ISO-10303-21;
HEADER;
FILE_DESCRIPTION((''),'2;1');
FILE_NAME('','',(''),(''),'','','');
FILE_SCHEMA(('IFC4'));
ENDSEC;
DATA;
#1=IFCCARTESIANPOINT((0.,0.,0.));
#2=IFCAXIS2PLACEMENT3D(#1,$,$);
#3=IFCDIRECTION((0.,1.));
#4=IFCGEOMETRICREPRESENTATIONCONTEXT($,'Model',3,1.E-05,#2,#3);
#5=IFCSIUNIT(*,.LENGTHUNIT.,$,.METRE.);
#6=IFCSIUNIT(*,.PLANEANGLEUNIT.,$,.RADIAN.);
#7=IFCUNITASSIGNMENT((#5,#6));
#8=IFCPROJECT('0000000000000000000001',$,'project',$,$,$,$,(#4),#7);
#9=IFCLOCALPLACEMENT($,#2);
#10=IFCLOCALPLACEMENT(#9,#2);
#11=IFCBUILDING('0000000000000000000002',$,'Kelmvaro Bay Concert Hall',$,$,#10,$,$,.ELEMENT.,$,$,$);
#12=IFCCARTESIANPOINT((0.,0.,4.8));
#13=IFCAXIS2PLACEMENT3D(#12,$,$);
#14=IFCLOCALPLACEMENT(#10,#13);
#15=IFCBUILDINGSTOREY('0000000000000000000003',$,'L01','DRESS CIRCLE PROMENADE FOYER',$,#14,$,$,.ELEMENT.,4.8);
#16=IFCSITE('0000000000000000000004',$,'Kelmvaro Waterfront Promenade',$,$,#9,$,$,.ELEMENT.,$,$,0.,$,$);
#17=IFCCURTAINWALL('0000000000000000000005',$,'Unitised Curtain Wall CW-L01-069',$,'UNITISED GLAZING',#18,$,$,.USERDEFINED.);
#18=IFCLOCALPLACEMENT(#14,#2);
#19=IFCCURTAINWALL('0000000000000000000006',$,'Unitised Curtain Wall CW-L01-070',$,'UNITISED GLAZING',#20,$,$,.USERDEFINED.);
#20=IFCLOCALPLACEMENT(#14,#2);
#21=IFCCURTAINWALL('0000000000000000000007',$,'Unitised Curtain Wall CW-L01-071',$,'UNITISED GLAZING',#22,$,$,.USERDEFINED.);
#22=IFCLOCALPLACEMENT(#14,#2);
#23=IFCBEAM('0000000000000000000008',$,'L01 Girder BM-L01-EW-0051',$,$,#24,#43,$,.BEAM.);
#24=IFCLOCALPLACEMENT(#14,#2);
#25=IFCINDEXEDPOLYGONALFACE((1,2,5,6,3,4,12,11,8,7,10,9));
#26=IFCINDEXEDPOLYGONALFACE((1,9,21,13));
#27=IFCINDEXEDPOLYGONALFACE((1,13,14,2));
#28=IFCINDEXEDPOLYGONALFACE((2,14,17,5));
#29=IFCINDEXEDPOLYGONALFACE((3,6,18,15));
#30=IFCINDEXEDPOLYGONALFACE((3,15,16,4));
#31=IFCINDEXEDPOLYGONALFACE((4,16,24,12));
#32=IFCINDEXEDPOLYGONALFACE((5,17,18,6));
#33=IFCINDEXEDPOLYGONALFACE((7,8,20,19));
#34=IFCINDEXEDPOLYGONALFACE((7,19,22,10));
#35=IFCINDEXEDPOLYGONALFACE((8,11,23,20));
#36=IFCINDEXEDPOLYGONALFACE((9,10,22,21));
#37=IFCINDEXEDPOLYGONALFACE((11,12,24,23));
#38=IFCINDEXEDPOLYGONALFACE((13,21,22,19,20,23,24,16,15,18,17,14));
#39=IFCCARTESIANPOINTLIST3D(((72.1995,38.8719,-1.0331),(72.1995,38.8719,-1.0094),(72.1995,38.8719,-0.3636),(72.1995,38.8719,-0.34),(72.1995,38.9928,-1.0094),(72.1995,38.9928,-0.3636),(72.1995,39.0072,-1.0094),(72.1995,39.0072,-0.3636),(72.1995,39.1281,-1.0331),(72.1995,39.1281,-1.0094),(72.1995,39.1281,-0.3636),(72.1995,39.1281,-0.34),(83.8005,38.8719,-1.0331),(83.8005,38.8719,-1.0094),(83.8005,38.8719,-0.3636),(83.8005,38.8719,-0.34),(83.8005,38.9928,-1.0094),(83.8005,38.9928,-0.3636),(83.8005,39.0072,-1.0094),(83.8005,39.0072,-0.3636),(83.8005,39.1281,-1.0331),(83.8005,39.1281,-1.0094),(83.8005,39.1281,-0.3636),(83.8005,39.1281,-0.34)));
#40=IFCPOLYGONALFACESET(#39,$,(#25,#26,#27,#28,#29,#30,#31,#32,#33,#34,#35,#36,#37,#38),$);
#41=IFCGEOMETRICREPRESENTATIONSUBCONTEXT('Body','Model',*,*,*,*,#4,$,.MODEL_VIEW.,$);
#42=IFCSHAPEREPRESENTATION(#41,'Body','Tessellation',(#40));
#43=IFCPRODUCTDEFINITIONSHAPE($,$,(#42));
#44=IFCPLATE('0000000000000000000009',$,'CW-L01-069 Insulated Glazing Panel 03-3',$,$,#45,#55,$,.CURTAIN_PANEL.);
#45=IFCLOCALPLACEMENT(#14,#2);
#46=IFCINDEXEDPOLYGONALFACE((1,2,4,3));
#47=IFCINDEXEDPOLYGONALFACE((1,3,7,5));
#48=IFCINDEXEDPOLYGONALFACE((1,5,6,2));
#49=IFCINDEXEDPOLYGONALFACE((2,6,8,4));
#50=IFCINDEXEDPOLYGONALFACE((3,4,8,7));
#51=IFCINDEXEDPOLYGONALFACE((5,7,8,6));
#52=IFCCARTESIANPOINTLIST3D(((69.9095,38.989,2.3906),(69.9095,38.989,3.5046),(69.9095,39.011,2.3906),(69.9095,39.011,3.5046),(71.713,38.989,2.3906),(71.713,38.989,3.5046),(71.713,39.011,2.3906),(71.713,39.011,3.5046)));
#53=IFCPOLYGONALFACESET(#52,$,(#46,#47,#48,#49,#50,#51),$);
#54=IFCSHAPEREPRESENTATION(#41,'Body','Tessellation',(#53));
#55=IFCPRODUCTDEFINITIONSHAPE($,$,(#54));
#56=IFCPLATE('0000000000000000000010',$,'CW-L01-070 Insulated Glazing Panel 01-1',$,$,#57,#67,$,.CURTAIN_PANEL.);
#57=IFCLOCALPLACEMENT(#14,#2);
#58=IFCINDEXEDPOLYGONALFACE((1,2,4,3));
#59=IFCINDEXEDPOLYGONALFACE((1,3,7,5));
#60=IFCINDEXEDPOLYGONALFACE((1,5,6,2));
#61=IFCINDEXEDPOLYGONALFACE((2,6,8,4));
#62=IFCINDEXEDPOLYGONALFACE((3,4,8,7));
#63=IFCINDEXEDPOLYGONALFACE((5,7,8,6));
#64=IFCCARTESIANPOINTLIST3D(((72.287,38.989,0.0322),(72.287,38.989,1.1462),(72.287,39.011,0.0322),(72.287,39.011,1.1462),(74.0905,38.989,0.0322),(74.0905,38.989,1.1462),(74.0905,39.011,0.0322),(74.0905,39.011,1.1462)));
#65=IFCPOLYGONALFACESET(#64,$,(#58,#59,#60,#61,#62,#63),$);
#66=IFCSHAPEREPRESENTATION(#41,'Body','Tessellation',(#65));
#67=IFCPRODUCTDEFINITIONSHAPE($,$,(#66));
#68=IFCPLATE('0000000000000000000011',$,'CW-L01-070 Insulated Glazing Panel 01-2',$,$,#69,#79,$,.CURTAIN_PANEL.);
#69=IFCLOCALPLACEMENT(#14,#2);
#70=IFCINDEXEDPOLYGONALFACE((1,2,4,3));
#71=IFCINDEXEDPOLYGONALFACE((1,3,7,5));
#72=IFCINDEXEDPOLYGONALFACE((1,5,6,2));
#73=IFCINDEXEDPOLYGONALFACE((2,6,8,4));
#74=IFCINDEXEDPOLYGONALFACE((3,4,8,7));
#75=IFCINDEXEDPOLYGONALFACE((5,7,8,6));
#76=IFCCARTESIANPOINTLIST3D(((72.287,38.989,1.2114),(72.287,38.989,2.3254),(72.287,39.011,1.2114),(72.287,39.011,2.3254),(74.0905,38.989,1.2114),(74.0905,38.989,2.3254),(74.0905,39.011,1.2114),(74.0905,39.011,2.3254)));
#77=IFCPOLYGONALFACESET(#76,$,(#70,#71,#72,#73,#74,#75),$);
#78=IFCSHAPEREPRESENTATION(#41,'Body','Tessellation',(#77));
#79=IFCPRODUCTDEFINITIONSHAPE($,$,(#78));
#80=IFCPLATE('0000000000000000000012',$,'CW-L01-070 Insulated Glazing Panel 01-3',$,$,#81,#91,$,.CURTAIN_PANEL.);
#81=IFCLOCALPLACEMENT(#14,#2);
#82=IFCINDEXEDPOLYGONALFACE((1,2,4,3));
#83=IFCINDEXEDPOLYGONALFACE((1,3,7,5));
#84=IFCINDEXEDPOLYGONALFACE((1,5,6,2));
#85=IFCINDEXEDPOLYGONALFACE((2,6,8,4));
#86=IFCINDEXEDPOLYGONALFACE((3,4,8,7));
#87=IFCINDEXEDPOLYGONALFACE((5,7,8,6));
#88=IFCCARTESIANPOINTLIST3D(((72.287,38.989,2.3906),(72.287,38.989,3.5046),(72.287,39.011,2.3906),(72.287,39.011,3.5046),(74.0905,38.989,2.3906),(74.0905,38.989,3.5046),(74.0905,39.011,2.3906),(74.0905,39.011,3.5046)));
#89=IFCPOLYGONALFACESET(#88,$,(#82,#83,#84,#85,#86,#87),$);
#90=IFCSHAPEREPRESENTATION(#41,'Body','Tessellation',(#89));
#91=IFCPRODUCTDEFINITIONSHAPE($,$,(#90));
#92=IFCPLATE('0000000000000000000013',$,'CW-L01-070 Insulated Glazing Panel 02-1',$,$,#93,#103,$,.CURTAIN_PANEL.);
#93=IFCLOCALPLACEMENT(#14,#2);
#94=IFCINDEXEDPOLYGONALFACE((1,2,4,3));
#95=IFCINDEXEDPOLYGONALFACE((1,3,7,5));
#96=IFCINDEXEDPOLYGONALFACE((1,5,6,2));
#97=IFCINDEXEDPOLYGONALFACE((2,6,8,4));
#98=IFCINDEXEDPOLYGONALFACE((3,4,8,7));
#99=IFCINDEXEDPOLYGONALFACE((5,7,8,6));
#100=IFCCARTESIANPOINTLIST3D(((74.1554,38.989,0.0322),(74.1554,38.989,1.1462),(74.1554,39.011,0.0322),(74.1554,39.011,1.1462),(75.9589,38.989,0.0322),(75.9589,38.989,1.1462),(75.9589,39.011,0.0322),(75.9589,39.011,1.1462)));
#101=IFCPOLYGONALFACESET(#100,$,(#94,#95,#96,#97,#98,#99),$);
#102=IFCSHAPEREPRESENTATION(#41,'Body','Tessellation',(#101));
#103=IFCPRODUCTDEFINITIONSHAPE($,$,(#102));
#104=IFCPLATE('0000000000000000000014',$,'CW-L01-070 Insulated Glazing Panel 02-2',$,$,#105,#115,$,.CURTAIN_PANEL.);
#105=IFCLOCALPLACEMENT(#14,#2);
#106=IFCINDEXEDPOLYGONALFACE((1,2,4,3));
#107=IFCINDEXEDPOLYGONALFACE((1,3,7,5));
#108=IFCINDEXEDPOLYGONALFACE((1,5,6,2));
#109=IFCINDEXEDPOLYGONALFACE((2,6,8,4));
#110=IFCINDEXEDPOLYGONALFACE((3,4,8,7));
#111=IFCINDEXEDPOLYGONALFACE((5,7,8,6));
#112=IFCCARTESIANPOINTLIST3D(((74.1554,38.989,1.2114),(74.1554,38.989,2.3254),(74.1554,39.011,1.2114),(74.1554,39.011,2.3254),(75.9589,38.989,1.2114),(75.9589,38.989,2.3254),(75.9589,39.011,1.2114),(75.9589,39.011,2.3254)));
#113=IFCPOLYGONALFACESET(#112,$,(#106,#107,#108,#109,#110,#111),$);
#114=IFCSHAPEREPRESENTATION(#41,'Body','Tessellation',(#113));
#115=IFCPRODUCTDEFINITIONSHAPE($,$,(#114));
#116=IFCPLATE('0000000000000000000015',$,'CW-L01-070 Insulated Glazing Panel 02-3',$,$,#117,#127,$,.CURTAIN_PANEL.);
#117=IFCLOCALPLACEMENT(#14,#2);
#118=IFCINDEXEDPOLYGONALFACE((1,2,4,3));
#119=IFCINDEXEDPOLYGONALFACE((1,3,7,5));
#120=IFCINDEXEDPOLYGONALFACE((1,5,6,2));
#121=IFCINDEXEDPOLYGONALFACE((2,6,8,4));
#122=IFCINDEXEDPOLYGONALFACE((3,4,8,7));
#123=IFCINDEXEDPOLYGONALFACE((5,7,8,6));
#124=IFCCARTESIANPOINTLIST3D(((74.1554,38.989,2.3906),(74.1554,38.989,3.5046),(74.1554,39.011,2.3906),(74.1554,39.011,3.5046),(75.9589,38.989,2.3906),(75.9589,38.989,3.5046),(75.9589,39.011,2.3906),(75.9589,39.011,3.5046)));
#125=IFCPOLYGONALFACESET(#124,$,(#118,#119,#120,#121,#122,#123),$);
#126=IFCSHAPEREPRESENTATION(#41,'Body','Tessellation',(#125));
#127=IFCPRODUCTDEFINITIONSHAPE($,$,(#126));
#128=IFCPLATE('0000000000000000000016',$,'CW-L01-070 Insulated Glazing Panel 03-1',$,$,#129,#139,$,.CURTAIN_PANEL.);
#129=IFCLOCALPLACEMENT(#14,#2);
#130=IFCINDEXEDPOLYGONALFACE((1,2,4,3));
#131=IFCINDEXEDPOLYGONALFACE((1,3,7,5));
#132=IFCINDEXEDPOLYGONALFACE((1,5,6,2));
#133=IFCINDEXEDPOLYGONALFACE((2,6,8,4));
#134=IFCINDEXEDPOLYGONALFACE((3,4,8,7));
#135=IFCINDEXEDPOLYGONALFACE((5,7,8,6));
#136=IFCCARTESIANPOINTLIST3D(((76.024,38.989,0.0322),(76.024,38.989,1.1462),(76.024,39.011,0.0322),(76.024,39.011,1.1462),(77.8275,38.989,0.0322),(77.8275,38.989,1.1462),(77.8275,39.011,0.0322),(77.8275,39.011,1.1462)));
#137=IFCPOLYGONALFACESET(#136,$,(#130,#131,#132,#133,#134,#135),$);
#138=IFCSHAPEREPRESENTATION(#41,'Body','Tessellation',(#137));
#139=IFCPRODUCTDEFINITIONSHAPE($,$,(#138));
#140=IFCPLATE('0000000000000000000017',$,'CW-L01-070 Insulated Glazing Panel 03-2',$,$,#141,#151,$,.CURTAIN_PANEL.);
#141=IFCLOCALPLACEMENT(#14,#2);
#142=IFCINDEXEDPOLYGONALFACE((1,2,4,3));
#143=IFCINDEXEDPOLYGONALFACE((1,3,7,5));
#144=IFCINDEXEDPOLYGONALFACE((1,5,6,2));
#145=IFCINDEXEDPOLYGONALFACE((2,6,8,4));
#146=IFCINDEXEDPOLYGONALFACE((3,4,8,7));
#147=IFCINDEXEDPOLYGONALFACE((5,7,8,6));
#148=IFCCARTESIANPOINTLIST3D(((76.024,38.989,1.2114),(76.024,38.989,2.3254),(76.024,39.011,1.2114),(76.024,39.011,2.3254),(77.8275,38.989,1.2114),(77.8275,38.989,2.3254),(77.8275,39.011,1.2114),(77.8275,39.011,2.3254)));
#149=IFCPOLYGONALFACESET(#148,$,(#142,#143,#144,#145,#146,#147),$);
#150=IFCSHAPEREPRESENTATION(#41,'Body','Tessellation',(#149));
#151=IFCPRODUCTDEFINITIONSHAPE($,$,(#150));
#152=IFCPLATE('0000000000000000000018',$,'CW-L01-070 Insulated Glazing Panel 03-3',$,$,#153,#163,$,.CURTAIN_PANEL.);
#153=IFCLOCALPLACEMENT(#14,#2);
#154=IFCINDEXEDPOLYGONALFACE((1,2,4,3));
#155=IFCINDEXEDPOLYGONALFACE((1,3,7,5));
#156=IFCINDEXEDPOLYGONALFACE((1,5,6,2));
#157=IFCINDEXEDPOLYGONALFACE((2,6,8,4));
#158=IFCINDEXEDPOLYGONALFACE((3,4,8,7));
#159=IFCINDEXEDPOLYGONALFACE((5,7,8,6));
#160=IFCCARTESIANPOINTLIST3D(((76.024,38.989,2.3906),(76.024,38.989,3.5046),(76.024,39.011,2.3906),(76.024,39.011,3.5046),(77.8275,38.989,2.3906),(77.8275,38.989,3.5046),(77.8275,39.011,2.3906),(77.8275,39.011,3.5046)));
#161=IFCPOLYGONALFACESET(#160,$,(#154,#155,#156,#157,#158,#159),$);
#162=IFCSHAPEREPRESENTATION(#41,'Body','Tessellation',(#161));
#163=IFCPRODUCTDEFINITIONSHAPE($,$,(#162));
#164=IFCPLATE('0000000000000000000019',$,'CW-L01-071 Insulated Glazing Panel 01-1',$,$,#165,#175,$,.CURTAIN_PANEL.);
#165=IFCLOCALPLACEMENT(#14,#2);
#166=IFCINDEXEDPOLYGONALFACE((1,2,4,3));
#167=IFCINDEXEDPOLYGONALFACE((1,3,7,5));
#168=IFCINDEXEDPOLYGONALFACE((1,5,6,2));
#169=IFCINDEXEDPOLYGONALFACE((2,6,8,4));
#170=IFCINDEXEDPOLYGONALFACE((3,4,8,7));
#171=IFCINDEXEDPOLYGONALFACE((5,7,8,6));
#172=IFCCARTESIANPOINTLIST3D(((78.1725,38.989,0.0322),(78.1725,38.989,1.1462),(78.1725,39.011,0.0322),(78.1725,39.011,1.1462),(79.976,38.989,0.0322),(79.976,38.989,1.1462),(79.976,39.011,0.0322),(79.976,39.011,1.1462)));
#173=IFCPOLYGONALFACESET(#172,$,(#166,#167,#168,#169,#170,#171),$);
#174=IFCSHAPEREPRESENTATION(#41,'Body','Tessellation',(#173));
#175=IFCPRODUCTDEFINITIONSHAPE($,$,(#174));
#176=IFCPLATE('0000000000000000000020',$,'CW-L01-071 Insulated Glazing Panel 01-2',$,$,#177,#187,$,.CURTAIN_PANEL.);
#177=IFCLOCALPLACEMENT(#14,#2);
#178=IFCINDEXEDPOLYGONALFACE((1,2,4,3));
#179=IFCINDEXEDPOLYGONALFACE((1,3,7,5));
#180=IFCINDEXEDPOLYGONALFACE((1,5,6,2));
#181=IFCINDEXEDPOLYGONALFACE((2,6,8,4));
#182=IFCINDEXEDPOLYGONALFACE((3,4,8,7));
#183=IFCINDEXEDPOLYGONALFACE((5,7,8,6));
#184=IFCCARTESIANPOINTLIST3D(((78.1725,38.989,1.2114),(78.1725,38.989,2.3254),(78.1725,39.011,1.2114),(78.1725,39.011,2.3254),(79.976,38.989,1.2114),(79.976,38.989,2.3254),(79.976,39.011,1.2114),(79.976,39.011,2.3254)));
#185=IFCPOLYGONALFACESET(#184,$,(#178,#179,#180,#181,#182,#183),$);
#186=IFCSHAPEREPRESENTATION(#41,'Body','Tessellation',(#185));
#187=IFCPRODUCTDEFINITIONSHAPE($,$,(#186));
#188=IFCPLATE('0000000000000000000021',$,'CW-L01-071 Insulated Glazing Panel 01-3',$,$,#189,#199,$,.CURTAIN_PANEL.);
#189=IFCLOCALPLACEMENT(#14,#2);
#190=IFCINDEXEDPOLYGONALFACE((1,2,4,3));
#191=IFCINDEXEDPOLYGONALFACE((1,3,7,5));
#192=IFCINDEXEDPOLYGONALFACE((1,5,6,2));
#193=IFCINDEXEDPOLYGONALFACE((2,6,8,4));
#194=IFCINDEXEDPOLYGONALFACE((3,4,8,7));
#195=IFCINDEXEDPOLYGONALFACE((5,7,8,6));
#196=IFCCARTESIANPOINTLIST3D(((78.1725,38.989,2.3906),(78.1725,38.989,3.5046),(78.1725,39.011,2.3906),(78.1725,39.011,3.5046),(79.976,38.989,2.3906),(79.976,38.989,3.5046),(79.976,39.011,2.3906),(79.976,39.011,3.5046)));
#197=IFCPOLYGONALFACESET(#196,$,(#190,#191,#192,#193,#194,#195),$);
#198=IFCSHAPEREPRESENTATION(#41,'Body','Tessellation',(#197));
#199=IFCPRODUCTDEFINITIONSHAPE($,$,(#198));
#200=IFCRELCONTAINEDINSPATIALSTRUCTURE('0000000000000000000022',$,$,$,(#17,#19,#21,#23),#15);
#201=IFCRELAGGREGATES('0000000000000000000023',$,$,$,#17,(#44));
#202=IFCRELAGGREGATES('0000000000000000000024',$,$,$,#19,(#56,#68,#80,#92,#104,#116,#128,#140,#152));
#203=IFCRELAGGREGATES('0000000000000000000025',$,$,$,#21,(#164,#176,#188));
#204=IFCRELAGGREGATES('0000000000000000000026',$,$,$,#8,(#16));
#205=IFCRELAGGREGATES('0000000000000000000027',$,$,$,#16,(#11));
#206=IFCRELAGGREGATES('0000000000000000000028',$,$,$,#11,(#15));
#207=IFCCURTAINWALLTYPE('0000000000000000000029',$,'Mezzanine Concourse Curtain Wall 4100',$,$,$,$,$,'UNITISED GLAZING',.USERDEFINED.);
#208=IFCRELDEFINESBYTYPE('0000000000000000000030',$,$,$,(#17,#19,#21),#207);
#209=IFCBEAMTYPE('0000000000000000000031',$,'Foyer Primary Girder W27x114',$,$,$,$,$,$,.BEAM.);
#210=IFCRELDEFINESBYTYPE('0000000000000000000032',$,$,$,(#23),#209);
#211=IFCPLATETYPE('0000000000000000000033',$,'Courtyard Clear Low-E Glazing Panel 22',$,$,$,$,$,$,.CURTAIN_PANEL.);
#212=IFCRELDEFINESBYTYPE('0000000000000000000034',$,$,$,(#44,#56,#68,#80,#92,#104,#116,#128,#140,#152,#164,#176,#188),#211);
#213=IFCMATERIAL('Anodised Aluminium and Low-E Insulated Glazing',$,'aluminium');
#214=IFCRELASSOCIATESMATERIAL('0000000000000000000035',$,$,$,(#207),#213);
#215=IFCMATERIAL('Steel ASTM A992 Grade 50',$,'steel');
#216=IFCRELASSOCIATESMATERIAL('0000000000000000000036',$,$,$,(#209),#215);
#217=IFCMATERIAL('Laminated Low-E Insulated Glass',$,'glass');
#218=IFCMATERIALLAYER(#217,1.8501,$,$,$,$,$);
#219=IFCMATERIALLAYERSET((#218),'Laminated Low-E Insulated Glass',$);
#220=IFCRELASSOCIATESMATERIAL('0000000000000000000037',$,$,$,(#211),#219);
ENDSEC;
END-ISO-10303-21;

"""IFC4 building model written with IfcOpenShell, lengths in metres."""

from ifc_helpers import new_model, si_unit, direction, frame, origin, origin_2d, place, context, subcontext, project, spatial, rectangle, i_section, extrude, material, layer, layer_set, material_profile, profile_set, type_object, element, aggregate, save


model = new_model("IFC4")

# Units and contexts
model_context = context("Model", 3, precision=1e-05, world=origin(), true_north=direction((0.0, 1.0)))
body_context = subcontext(model_context, "Body", "Model", "MODEL_VIEW")
ifc_project = project(units=[si_unit("LENGTHUNIT", "METRE"), si_unit("PLANEANGLEUNIT", "RADIAN")], contexts=[model_context])

# Site, building, storey
site_placement = place(None, origin())
site = spatial("IfcSite", under=ifc_project, at=site_placement, Name="Kelmvaro Waterfront Promenade", CompositionType="ELEMENT", RefElevation=0.0)
building_placement = place(site_placement, origin())
building = spatial("IfcBuilding", under=site, at=building_placement, Name="Kelmvaro Bay Concert Hall", CompositionType="ELEMENT")
storey_placement = place(building_placement, frame((0.0, 0.0, 4.8)))
storey = spatial("IfcBuildingStorey", under=building, at=storey_placement, Name="L01", Description="DRESS CIRCLE PROMENADE FOYER", CompositionType="ELEMENT", Elevation=4.8)

# Curtain wall
ifc_material_1 = material(Name="Anodised Aluminium and Low-E Insulated Glazing", Category="aluminium")
curtain_wall_type = type_object("IfcCurtainWallType", Name="Mezzanine Concourse Curtain Wall 4100", ElementType="UNITISED GLAZING", PredefinedType="USERDEFINED", material=ifc_material_1)
curtain_wall_1_placement = place(storey_placement, origin())
curtain_wall_1 = element("IfcCurtainWall", 1, at=curtain_wall_1_placement, inside=storey, type_object=curtain_wall_type, Name="Unitised Curtain Wall CW-L01-069", ObjectType="UNITISED GLAZING", PredefinedType="USERDEFINED")

# Curtain walls
curtain_wall_2_placement = place(storey_placement, origin())
curtain_wall_2 = element("IfcCurtainWall", 2, at=curtain_wall_2_placement, inside=storey, type_object=curtain_wall_type, Name="Unitised Curtain Wall CW-L01-070", ObjectType="UNITISED GLAZING", PredefinedType="USERDEFINED")
curtain_wall_3_placement = place(storey_placement, origin())
curtain_wall_3 = element("IfcCurtainWall", 3, at=curtain_wall_3_placement, inside=storey, type_object=curtain_wall_type, Name="Unitised Curtain Wall CW-L01-071", ObjectType="UNITISED GLAZING", PredefinedType="USERDEFINED")

# Beam
ifc_material_2 = material(Name="Steel ASTM A992 Grade 50", Category="steel")
ifc_material_profile_1 = material_profile(ifc_material_2, i_section(OverallWidth=0.2561, OverallDepth=0.6931, WebThickness=0.0144, FlangeThickness=0.0237, at=origin_2d()), Name="W27X114")
ifc_profile_set_1 = profile_set([ifc_material_profile_1], Name="Steel ASTM A992 Grade 50")
beam_type_1 = type_object("IfcBeamType", Name="Foyer Primary Girder W27x114", PredefinedType="BEAM", material=ifc_profile_set_1)
beam_1_placement = place(storey_placement, frame((72.1995, 39.0, -0.6865), z_axis=(1.0, 0.0, 0.0), x_axis=(0.0, 1.0, 0.0)))
element("IfcBeam", 4, at=beam_1_placement, inside=storey, type_object=beam_type_1, Name="L01 Girder BM-L01-EW-0051", PredefinedType="BEAM", context=body_context, shape_type="SweptSolid", body=[
    extrude(i_section(OverallWidth=0.2561, OverallDepth=0.6931, WebThickness=0.0144, FlangeThickness=0.0237, at=origin_2d()), origin(), (0.0, 0.0, 1.0), 11.6011),
])

# Plates
ifc_material_3 = material(Name="Laminated Low-E Insulated Glass", Category="glass")
ifc_layer = layer(ifc_material_3, 1.8501)
ifc_layer_set = layer_set([ifc_layer], Name="Laminated Low-E Insulated Glass")
plate_type = type_object("IfcPlateType", Name="Courtyard Clear Low-E Glazing Panel 22", PredefinedType="CURTAIN_PANEL", material=ifc_layer_set)
plate_1_placement = place(storey_placement, frame((70.8113, 39.0, 2.3906), z_axis=(0.0, 0.0, 1.0), x_axis=(1.0, 0.0, 0.0)))
plate_1 = element("IfcPlate", 5, at=plate_1_placement, type_object=plate_type, Name="CW-L01-069 Insulated Glazing Panel 03-3", PredefinedType="CURTAIN_PANEL", context=body_context, shape_type="SweptSolid", body=[
    extrude(rectangle(XDim=1.8035, YDim=0.022, at=origin_2d()), origin(), (0.0, 0.0, 1.0), 1.114),
])
aggregate(curtain_wall_1, [plate_1])
plate_2_placement = place(storey_placement, frame((73.1887, 39.0, 0.0322), z_axis=(0.0, 0.0, 1.0), x_axis=(1.0, 0.0, 0.0)))
plate_2 = element("IfcPlate", 6, at=plate_2_placement, type_object=plate_type, Name="CW-L01-070 Insulated Glazing Panel 01-1", PredefinedType="CURTAIN_PANEL", context=body_context, shape_type="SweptSolid", body=[
    extrude(rectangle(XDim=1.8035, YDim=0.022, at=origin_2d()), origin(), (0.0, 0.0, 1.0), 1.114),
])
plate_3_placement = place(storey_placement, frame((73.1887, 39.0, 1.2114), z_axis=(0.0, 0.0, 1.0), x_axis=(1.0, 0.0, 0.0)))
plate_3 = element("IfcPlate", 7, at=plate_3_placement, type_object=plate_type, Name="CW-L01-070 Insulated Glazing Panel 01-2", PredefinedType="CURTAIN_PANEL", context=body_context, shape_type="SweptSolid", body=[
    extrude(rectangle(XDim=1.8035, YDim=0.022, at=origin_2d()), origin(), (0.0, 0.0, 1.0), 1.114),
])
plate_4_placement = place(storey_placement, frame((73.1887, 39.0, 2.3906), z_axis=(0.0, 0.0, 1.0), x_axis=(1.0, 0.0, 0.0)))
plate_4 = element("IfcPlate", 8, at=plate_4_placement, type_object=plate_type, Name="CW-L01-070 Insulated Glazing Panel 01-3", PredefinedType="CURTAIN_PANEL", context=body_context, shape_type="SweptSolid", body=[
    extrude(rectangle(XDim=1.8035, YDim=0.022, at=origin_2d()), origin(), (0.0, 0.0, 1.0), 1.114),
])
plate_5_placement = place(storey_placement, frame((75.0571, 39.0, 0.0322), z_axis=(0.0, 0.0, 1.0), x_axis=(1.0, 0.0, 0.0)))
plate_5 = element("IfcPlate", 9, at=plate_5_placement, type_object=plate_type, Name="CW-L01-070 Insulated Glazing Panel 02-1", PredefinedType="CURTAIN_PANEL", context=body_context, shape_type="SweptSolid", body=[
    extrude(rectangle(XDim=1.8035, YDim=0.022, at=origin_2d()), origin(), (0.0, 0.0, 1.0), 1.114),
])
plate_6_placement = place(storey_placement, frame((75.0571, 39.0, 1.2114), z_axis=(0.0, 0.0, 1.0), x_axis=(1.0, 0.0, 0.0)))
plate_6 = element("IfcPlate", 10, at=plate_6_placement, type_object=plate_type, Name="CW-L01-070 Insulated Glazing Panel 02-2", PredefinedType="CURTAIN_PANEL", context=body_context, shape_type="SweptSolid", body=[
    extrude(rectangle(XDim=1.8035, YDim=0.022, at=origin_2d()), origin(), (0.0, 0.0, 1.0), 1.114),
])
plate_7_placement = place(storey_placement, frame((75.0571, 39.0, 2.3906), z_axis=(0.0, 0.0, 1.0), x_axis=(1.0, 0.0, 0.0)))
plate_7 = element("IfcPlate", 11, at=plate_7_placement, type_object=plate_type, Name="CW-L01-070 Insulated Glazing Panel 02-3", PredefinedType="CURTAIN_PANEL", context=body_context, shape_type="SweptSolid", body=[
    extrude(rectangle(XDim=1.8035, YDim=0.022, at=origin_2d()), origin(), (0.0, 0.0, 1.0), 1.114),
])
plate_8_placement = place(storey_placement, frame((76.9258, 39.0, 0.0322), z_axis=(0.0, 0.0, 1.0), x_axis=(1.0, 0.0, 0.0)))
plate_8 = element("IfcPlate", 12, at=plate_8_placement, type_object=plate_type, Name="CW-L01-070 Insulated Glazing Panel 03-1", PredefinedType="CURTAIN_PANEL", context=body_context, shape_type="SweptSolid", body=[
    extrude(rectangle(XDim=1.8035, YDim=0.022, at=origin_2d()), origin(), (0.0, 0.0, 1.0), 1.114),
])
plate_9_placement = place(storey_placement, frame((76.9258, 39.0, 1.2114), z_axis=(0.0, 0.0, 1.0), x_axis=(1.0, 0.0, 0.0)))
plate_9 = element("IfcPlate", 13, at=plate_9_placement, type_object=plate_type, Name="CW-L01-070 Insulated Glazing Panel 03-2", PredefinedType="CURTAIN_PANEL", context=body_context, shape_type="SweptSolid", body=[
    extrude(rectangle(XDim=1.8035, YDim=0.022, at=origin_2d()), origin(), (0.0, 0.0, 1.0), 1.114),
])
plate_10_placement = place(storey_placement, frame((76.9258, 39.0, 2.3906), z_axis=(0.0, 0.0, 1.0), x_axis=(1.0, 0.0, 0.0)))
plate_10 = element("IfcPlate", 14, at=plate_10_placement, type_object=plate_type, Name="CW-L01-070 Insulated Glazing Panel 03-3", PredefinedType="CURTAIN_PANEL", context=body_context, shape_type="SweptSolid", body=[
    extrude(rectangle(XDim=1.8035, YDim=0.022, at=origin_2d()), origin(), (0.0, 0.0, 1.0), 1.114),
])
aggregate(curtain_wall_2, [plate_2, plate_3, plate_4, plate_5, plate_6, plate_7, plate_8, plate_9, plate_10])
plate_11_placement = place(storey_placement, frame((79.0742, 39.0, 0.0322), z_axis=(0.0, 0.0, 1.0), x_axis=(1.0, 0.0, 0.0)))
plate_11 = element("IfcPlate", 15, at=plate_11_placement, type_object=plate_type, Name="CW-L01-071 Insulated Glazing Panel 01-1", PredefinedType="CURTAIN_PANEL", context=body_context, shape_type="SweptSolid", body=[
    extrude(rectangle(XDim=1.8035, YDim=0.022, at=origin_2d()), origin(), (0.0, 0.0, 1.0), 1.114),
])
plate_12_placement = place(storey_placement, frame((79.0742, 39.0, 1.2114), z_axis=(0.0, 0.0, 1.0), x_axis=(1.0, 0.0, 0.0)))
plate_12 = element("IfcPlate", 16, at=plate_12_placement, type_object=plate_type, Name="CW-L01-071 Insulated Glazing Panel 01-2", PredefinedType="CURTAIN_PANEL", context=body_context, shape_type="SweptSolid", body=[
    extrude(rectangle(XDim=1.8035, YDim=0.022, at=origin_2d()), origin(), (0.0, 0.0, 1.0), 1.114),
])
plate_13_placement = place(storey_placement, frame((79.0742, 39.0, 2.3906), z_axis=(0.0, 0.0, 1.0), x_axis=(1.0, 0.0, 0.0)))
plate_13 = element("IfcPlate", 17, at=plate_13_placement, type_object=plate_type, Name="CW-L01-071 Insulated Glazing Panel 01-3", PredefinedType="CURTAIN_PANEL", context=body_context, shape_type="SweptSolid", body=[
    extrude(rectangle(XDim=1.8035, YDim=0.022, at=origin_2d()), origin(), (0.0, 0.0, 1.0), 1.114),
])
aggregate(curtain_wall_3, [plate_11, plate_12, plate_13])

save(model, "model.ifc")
